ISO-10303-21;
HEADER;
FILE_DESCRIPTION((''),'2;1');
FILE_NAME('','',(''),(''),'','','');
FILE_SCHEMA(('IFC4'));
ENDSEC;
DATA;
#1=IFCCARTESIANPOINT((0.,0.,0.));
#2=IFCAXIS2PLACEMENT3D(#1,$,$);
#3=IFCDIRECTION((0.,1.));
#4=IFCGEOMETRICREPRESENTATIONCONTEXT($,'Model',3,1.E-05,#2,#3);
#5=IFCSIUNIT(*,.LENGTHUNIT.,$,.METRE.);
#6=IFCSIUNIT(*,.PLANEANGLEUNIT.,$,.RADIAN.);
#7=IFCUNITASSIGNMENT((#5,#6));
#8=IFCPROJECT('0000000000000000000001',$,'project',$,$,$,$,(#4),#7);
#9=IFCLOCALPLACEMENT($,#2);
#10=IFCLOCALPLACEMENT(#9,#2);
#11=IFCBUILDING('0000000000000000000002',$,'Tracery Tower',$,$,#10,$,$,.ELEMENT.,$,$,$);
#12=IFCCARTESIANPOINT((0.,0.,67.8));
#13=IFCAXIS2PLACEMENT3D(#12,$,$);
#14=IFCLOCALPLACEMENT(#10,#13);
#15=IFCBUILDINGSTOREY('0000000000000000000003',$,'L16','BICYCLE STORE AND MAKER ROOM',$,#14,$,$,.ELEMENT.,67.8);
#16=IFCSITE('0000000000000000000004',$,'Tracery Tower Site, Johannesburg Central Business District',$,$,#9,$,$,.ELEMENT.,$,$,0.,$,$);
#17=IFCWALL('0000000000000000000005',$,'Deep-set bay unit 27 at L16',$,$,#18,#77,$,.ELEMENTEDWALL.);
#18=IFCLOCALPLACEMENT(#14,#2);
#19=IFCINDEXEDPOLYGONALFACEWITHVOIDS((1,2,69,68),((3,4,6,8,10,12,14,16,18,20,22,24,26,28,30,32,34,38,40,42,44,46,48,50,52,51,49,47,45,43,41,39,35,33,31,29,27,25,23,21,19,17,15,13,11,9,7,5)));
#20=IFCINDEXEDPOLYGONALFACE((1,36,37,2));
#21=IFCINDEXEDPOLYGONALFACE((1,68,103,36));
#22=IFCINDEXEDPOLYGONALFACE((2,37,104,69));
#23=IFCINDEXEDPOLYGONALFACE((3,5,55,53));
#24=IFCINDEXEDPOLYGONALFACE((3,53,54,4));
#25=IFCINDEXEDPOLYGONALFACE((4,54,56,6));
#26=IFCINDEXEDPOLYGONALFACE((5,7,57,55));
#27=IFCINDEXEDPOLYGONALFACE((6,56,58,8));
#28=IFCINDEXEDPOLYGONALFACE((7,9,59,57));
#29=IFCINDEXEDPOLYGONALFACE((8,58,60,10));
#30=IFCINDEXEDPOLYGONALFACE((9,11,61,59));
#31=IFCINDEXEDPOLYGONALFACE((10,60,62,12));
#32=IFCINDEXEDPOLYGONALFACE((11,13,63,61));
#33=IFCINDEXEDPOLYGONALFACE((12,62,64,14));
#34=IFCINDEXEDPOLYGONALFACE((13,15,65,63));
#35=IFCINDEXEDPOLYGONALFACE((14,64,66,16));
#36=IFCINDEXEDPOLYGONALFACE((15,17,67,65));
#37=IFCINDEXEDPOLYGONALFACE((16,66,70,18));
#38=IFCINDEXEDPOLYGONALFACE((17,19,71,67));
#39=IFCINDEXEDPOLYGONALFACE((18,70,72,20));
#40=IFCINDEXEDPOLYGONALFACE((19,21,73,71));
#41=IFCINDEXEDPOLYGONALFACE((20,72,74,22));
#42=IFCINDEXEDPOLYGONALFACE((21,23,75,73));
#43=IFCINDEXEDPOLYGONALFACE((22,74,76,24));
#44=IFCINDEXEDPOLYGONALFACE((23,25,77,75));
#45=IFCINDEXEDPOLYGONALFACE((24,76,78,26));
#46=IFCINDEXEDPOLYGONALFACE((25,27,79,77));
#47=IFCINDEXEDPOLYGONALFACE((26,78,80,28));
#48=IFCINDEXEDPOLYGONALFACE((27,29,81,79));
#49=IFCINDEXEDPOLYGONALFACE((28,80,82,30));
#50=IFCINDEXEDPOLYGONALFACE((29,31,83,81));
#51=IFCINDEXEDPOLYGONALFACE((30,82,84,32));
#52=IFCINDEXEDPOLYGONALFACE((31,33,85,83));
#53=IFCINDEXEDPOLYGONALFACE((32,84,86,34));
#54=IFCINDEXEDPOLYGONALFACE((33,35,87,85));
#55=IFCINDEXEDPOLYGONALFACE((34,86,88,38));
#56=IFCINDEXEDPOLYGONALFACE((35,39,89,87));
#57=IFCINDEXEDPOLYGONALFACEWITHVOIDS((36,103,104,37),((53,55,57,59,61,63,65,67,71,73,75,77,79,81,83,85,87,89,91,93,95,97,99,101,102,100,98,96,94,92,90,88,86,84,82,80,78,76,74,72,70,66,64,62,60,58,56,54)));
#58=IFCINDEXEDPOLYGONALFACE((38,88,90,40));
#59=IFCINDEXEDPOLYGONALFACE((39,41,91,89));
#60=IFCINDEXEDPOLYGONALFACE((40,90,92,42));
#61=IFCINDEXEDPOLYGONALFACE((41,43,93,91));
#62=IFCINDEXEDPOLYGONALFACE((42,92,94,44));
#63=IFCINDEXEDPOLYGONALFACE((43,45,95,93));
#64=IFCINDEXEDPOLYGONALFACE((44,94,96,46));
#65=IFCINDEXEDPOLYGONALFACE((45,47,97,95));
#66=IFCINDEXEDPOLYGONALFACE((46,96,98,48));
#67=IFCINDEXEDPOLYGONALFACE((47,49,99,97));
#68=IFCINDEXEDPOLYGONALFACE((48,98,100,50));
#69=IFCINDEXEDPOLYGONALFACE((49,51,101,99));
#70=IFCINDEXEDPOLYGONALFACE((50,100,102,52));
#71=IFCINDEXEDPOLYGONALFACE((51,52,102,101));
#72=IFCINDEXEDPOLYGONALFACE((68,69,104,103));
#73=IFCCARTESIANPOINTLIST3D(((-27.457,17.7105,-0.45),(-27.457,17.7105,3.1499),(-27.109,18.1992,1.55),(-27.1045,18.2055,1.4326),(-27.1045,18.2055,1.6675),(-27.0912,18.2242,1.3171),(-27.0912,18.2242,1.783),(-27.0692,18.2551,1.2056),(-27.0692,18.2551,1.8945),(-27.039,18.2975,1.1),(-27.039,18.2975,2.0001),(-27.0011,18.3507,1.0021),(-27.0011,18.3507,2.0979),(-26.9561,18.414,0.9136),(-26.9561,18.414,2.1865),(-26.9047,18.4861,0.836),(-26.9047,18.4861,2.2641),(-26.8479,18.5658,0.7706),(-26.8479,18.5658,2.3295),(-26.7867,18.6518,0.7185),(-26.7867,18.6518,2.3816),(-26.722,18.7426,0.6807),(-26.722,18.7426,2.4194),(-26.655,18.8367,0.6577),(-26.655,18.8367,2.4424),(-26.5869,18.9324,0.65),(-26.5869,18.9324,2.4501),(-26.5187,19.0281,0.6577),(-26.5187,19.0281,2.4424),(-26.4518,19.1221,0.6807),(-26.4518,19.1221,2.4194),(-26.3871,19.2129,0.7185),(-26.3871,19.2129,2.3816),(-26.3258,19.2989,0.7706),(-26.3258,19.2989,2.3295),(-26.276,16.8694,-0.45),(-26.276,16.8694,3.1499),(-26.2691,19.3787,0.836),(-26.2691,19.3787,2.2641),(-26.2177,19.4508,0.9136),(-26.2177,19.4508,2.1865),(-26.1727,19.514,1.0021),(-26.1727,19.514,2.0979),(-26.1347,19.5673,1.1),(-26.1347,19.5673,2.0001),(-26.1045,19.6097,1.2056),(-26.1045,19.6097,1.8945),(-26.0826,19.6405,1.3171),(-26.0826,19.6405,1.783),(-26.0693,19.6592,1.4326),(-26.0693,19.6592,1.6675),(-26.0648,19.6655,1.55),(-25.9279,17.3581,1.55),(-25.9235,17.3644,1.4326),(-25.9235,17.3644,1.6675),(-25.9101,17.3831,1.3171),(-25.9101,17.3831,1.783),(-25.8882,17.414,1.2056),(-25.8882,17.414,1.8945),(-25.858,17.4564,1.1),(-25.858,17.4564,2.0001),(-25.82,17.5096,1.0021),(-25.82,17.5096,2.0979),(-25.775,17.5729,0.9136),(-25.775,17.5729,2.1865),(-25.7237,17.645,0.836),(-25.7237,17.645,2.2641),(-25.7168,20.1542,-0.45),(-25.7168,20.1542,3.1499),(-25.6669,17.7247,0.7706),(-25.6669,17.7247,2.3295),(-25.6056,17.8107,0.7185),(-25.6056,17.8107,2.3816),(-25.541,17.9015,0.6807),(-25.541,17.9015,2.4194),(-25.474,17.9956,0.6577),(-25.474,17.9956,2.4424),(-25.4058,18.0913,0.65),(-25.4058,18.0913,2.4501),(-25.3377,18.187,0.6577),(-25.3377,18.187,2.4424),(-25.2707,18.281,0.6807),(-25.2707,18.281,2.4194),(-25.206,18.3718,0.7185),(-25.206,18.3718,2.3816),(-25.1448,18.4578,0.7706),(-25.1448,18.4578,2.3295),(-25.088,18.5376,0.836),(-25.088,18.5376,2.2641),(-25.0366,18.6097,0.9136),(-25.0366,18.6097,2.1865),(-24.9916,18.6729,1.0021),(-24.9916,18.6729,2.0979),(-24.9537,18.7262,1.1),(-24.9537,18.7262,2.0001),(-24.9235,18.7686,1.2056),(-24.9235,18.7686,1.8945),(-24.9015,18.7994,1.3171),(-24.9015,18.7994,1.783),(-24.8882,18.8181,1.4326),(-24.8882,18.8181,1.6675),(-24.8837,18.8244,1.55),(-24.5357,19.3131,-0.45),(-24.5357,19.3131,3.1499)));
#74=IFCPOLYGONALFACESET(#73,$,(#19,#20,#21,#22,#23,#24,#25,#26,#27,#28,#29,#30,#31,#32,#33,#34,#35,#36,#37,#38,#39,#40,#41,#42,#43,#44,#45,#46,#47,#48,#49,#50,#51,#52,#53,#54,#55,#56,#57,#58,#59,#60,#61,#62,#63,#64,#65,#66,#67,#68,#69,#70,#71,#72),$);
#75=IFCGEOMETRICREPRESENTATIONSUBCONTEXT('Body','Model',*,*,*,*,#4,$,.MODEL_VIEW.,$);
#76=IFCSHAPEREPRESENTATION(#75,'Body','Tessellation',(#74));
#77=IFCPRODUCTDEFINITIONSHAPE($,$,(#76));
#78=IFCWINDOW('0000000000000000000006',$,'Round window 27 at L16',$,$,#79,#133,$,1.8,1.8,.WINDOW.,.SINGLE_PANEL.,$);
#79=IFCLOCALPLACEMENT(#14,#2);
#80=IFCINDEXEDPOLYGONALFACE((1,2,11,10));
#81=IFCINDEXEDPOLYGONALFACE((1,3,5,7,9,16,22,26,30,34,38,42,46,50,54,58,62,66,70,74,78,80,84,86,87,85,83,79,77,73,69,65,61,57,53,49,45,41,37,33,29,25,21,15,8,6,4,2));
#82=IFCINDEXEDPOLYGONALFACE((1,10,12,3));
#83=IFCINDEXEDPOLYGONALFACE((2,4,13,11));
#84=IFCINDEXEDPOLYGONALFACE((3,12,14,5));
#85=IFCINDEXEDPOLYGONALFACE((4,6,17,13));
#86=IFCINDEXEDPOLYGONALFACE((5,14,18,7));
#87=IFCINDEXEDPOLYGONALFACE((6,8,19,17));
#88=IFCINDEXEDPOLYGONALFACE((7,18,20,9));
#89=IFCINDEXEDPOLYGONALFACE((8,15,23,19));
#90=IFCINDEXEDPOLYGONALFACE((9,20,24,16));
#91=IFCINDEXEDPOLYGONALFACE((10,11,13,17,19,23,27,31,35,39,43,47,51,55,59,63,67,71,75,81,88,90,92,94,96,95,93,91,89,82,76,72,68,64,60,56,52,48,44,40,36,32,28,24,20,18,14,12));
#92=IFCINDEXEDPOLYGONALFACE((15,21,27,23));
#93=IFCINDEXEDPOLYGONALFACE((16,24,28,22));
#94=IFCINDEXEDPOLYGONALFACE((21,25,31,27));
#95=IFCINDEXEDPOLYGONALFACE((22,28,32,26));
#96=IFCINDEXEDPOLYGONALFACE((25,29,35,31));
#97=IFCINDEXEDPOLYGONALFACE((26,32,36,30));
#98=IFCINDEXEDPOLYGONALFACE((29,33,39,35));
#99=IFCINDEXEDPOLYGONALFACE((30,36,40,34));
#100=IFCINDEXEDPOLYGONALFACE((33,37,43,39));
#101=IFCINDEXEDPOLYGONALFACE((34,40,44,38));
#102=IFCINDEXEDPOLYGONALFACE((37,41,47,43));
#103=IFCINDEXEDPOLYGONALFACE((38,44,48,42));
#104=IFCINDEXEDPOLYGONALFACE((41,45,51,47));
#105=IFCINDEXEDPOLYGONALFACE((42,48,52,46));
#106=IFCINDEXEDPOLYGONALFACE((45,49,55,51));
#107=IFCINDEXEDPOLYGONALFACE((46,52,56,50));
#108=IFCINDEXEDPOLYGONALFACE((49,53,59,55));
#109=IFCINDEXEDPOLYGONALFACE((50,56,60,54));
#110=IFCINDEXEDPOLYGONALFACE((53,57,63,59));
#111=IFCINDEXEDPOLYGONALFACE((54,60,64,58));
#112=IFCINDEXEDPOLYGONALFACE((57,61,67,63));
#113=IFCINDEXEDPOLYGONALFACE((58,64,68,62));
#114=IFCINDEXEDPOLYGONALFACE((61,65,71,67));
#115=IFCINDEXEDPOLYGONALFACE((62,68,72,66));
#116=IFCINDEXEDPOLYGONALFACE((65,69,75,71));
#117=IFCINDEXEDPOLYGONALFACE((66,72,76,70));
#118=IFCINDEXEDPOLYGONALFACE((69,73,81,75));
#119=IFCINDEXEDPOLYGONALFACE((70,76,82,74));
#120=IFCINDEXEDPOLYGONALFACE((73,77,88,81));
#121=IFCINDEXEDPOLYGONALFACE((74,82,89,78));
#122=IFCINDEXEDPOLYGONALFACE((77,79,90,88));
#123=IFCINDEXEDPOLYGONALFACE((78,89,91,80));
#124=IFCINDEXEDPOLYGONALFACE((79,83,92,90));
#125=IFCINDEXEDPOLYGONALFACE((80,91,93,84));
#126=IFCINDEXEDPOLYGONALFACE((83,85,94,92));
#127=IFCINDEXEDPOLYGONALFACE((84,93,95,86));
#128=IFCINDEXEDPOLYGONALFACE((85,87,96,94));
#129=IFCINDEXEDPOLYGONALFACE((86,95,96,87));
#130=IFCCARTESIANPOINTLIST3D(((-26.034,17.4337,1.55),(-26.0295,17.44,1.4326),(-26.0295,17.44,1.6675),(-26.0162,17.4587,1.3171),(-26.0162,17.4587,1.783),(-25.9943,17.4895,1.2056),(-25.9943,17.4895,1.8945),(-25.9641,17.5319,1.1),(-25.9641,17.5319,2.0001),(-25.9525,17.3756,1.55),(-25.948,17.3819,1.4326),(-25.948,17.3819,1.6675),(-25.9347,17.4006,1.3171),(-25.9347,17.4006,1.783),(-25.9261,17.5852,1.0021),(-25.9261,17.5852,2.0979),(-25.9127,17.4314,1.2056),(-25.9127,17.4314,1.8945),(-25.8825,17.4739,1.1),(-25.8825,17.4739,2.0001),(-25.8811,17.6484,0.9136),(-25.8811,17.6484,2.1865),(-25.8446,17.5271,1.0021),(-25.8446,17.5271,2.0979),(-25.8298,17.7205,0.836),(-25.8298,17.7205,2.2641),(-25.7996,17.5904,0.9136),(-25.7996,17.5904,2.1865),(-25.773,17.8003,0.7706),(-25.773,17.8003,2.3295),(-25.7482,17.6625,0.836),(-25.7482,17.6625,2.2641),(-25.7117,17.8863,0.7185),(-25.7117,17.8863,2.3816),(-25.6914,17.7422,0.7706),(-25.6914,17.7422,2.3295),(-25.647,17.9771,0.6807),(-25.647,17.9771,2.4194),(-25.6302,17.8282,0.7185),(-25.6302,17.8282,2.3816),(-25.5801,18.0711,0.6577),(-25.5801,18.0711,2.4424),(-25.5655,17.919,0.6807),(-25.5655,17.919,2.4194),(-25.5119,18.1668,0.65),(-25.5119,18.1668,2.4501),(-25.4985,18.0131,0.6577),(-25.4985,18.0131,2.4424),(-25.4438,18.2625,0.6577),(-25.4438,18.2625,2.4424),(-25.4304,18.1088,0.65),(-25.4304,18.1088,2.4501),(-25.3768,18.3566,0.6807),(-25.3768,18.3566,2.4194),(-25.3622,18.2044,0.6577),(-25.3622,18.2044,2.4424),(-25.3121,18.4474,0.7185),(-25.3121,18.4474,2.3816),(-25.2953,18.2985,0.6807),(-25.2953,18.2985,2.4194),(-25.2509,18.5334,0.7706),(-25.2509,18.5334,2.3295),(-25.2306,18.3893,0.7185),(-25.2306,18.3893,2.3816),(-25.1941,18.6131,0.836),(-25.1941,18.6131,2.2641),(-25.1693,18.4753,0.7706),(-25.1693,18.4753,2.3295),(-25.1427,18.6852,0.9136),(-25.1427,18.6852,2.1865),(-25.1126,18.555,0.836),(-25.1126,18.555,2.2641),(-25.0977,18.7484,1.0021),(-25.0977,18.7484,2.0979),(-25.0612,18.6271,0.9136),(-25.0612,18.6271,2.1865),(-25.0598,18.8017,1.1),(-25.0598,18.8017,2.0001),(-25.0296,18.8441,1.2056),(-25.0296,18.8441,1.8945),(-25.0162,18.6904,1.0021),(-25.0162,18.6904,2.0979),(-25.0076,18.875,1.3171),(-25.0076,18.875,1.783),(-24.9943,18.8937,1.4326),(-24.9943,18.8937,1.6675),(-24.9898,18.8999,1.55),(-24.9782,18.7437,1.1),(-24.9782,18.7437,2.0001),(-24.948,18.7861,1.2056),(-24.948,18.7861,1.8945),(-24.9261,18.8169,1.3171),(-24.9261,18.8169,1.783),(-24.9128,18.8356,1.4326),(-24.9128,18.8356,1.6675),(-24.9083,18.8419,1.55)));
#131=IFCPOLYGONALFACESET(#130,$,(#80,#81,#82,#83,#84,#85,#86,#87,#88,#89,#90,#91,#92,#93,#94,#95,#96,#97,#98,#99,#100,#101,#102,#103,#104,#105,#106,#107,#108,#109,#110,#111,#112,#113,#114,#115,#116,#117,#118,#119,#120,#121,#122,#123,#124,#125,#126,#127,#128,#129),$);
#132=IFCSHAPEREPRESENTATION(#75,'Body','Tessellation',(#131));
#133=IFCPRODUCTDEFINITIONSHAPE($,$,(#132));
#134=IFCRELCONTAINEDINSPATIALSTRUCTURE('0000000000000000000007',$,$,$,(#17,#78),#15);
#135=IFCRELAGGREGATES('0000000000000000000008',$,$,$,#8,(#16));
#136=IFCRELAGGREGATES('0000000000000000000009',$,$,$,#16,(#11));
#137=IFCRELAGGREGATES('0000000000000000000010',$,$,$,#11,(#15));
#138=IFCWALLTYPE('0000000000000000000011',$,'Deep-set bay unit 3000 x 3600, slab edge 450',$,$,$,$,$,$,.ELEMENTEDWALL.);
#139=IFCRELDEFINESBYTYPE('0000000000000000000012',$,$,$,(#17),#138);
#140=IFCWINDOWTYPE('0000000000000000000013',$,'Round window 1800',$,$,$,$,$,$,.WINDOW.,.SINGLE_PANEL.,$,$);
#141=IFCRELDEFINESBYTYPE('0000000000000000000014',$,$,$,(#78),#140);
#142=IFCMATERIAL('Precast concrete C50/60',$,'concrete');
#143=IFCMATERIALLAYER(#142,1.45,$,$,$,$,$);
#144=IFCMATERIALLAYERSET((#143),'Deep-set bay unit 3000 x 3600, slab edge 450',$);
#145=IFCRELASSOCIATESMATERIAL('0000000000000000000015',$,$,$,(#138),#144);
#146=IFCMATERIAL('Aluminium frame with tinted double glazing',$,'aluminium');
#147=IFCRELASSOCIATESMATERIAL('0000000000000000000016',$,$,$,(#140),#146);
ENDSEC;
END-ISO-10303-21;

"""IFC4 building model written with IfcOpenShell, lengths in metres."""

from ifc_helpers import new_model, si_unit, direction, frame, frame_2d, origin, origin_2d, place, context, subcontext, project, spatial, rectangle, circle, extrude, material, layer, layer_set, type_object, element, fill, save


model = new_model("IFC4")

# Units and contexts
model_context = context("Model", 3, precision=1e-05, world=origin(), true_north=direction((0.0, 1.0)))
body_context = subcontext(model_context, "Body", "Model", "MODEL_VIEW")
ifc_project = project(units=[si_unit("LENGTHUNIT", "METRE"), si_unit("PLANEANGLEUNIT", "RADIAN")], contexts=[model_context])

# Site, building, storey
site_placement = place(None, origin())
site = spatial("IfcSite", under=ifc_project, at=site_placement, Name="Tracery Tower Site, Johannesburg Central Business District", CompositionType="ELEMENT", RefElevation=0.0)
building_placement = place(site_placement, origin())
building = spatial("IfcBuilding", under=site, at=building_placement, Name="Tracery Tower", CompositionType="ELEMENT")
storey_placement = place(building_placement, frame((0.0, 0.0, 67.8)))
storey = spatial("IfcBuildingStorey", under=building, at=storey_placement, Name="L16", Description="BICYCLE STORE AND MAKER ROOM", CompositionType="ELEMENT", Elevation=67.8)

# Wall, opening, window
ifc_material_1 = material(Name="Precast concrete C50/60", Category="concrete")
ifc_layer_1 = layer(ifc_material_1, 1.45)
ifc_layer_set_1 = layer_set([ifc_layer_1], Name="Deep-set bay unit 3000 x 3600, slab edge 450")
wall_type_1 = type_object("IfcWallType", Name="Deep-set bay unit 3000 x 3600, slab edge 450", PredefinedType="ELEMENTEDWALL", material=ifc_layer_set_1)
ifc_material_2 = material(Name="Aluminium frame with tinted double glazing", Category="aluminium")
window_type = type_object("IfcWindowType", Name="Round window 1800", PartitioningType="SINGLE_PANEL", PredefinedType="WINDOW", material=ifc_material_2)
wall_1_placement = place(storey_placement, frame((-25.1262, 19.7336, -0.45), z_axis=(0.0, 0.0, 1.0), x_axis=(-0.580091, -0.814552, 0.0)))
wall_1 = element("IfcWall", 1, at=wall_1_placement, inside=storey, type_object=wall_type_1, Name="Deep-set bay unit 27 at L16", PredefinedType="ELEMENTEDWALL", context=body_context, shape_type="SweptSolid", body=[
    extrude(rectangle(XDim=3.0, YDim=1.45, at=frame_2d((1.5, 0.0))), origin(), (0.0, 0.0, 1.0), 3.5999),
])
opening_1_placement = place(wall_1_placement, frame((1.5, 0.0, 2.0)))
opening_1 = element("IfcOpeningElement", 2, at=opening_1_placement, cuts=wall_1, PredefinedType="OPENING", context=body_context, shape_type="SweptSolid", body=[
    extrude(circle(Radius=0.9, at=origin_2d()), frame((0.0, 0.7349, 0.0), z_axis=(0.0, -1.0, 0.0), x_axis=(1.0, 0.0, 0.0)), (0.0, 0.0, 1.0), 1.47),
])
window_1_placement = place(opening_1_placement, origin())
window_1 = element("IfcWindow", 3, at=window_1_placement, inside=storey, type_object=window_type, Name="Round window 27 at L16", OverallHeight=1.8, OverallWidth=1.8, PartitioningType="SINGLE_PANEL", PredefinedType="WINDOW", context=body_context, shape_type="SweptSolid", body=[
    extrude(circle(Radius=0.9, at=origin_2d()), frame((0.0, 0.6948, 0.0), z_axis=(0.0, -1.0, 0.0), x_axis=(1.0, 0.0, 0.0)), (0.0, 0.0, 1.0), 0.1001),
])
fill(opening_1, window_1)

save(model, "model.ifc")
